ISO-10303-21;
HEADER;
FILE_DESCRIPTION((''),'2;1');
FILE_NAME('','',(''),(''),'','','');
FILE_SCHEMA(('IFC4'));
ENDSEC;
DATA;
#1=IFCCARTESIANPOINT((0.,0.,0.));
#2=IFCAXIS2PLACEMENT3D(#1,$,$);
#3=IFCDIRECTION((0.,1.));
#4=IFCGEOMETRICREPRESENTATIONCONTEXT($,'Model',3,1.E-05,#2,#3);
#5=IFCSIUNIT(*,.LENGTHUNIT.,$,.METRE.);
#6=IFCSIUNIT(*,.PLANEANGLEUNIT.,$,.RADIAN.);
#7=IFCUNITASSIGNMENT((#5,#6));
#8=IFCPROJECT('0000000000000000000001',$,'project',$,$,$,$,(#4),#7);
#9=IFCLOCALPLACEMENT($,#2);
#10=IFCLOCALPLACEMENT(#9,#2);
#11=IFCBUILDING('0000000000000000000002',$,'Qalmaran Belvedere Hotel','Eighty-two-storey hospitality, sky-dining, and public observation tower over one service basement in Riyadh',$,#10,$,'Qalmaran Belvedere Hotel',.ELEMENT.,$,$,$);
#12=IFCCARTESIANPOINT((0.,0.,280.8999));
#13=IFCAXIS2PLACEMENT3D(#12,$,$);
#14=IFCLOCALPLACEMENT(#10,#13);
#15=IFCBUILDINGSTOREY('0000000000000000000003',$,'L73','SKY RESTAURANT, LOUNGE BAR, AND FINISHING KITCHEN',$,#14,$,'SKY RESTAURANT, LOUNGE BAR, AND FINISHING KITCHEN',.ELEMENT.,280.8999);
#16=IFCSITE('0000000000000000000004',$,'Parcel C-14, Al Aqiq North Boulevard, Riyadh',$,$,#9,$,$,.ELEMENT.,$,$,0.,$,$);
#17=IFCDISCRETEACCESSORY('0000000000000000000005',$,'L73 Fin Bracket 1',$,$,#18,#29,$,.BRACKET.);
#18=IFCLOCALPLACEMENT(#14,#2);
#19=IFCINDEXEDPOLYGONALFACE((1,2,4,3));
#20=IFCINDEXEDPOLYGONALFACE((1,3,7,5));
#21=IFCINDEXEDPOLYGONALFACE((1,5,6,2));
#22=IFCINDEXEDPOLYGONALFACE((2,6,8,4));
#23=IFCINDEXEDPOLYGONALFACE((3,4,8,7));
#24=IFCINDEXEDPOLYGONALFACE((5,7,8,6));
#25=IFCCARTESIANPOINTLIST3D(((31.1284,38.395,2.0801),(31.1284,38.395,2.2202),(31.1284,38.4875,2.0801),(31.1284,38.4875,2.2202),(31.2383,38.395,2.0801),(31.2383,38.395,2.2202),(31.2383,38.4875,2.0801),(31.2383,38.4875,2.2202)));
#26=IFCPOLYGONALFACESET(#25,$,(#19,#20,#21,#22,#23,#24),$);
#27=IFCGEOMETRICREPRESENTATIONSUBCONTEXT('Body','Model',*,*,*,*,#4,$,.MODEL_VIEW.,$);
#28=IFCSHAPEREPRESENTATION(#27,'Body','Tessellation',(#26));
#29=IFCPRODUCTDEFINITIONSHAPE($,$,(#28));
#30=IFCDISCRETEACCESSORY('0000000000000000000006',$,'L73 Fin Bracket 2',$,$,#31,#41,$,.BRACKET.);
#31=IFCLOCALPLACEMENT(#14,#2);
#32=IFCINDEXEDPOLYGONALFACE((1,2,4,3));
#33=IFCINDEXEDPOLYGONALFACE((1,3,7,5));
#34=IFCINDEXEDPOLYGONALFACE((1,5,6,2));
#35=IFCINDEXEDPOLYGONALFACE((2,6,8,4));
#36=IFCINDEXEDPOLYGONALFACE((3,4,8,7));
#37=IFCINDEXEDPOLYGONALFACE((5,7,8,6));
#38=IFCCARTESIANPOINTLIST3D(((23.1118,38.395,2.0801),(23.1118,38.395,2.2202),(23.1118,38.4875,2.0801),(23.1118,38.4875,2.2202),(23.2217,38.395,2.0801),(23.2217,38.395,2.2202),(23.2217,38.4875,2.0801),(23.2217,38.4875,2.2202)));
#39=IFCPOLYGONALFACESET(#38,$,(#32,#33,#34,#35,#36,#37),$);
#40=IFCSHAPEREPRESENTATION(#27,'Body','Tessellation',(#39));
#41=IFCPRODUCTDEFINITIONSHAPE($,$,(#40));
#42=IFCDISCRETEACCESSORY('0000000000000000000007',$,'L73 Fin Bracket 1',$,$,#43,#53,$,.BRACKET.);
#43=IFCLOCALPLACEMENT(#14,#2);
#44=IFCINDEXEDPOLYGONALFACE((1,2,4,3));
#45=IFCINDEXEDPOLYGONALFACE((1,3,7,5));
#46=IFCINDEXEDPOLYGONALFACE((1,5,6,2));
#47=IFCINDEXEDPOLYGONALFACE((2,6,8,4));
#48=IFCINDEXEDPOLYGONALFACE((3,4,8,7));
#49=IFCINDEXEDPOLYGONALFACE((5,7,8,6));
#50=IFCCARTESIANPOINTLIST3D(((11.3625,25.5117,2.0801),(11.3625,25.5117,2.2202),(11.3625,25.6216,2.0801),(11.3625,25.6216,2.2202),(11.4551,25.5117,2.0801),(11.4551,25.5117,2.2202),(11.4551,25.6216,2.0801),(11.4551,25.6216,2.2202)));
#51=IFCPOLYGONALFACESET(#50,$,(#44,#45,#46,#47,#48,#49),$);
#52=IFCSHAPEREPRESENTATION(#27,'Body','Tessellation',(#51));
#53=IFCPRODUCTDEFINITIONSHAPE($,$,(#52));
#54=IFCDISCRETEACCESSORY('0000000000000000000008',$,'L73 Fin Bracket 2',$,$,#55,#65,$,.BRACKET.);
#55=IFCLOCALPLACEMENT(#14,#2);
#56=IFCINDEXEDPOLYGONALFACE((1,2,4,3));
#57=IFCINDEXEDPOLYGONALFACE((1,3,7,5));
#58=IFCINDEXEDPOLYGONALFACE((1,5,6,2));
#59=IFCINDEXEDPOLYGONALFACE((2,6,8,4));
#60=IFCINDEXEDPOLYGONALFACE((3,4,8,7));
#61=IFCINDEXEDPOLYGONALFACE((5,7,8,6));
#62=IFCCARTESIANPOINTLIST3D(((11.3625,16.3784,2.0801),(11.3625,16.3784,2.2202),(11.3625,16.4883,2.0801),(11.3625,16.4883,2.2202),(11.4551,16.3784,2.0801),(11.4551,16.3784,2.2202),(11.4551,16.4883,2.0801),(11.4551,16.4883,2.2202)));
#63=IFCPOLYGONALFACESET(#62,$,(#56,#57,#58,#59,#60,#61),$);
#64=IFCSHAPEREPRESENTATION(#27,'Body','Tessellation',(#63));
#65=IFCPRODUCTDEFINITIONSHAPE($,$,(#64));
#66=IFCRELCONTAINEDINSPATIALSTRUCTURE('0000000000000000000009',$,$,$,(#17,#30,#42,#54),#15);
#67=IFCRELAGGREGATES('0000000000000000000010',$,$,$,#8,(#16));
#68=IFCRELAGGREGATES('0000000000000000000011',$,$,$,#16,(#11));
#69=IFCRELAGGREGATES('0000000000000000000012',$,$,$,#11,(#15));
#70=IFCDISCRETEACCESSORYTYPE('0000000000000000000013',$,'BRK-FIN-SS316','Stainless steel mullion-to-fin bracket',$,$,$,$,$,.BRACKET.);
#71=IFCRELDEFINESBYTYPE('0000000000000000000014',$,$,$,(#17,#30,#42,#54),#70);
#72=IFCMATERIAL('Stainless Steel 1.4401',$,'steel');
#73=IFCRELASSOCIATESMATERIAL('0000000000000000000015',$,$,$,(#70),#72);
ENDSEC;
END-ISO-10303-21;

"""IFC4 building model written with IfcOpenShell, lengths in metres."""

from ifc_helpers import new_model, si_unit, direction, frame, origin, place, context, subcontext, project, spatial, polyline, outline, extrude, material, type_object, element, save


model = new_model("IFC4")

# Units and contexts
model_context = context("Model", 3, precision=1e-05, world=origin(), true_north=direction((0.0, 1.0)))
body_context = subcontext(model_context, "Body", "Model", "MODEL_VIEW")
ifc_project = project(units=[si_unit("LENGTHUNIT", "METRE"), si_unit("PLANEANGLEUNIT", "RADIAN")], contexts=[model_context])

# Site, building, storey
site_placement = place(None, origin())
site = spatial("IfcSite", under=ifc_project, at=site_placement, Name="Parcel C-14, Al Aqiq North Boulevard, Riyadh", CompositionType="ELEMENT", RefElevation=0.0)
building_placement = place(site_placement, origin())
building = spatial("IfcBuilding", under=site, at=building_placement, Name="Qalmaran Belvedere Hotel", Description="Eighty-two-storey hospitality, sky-dining, and public observation tower over one service basement in Riyadh", LongName="Qalmaran Belvedere Hotel", CompositionType="ELEMENT")
storey_placement = place(building_placement, frame((0.0, 0.0, 280.8999)))
storey = spatial("IfcBuildingStorey", under=building, at=storey_placement, Name="L73", Description="SKY RESTAURANT, LOUNGE BAR, AND FINISHING KITCHEN", LongName="SKY RESTAURANT, LOUNGE BAR, AND FINISHING KITCHEN", CompositionType="ELEMENT", Elevation=280.8999)

# Discrete accessories
ifc_material_1 = material(Name="Stainless Steel 1.4401", Category="steel")
discrete_accessory_type = type_object("IfcDiscreteAccessoryType", Name="BRK-FIN-SS316", Description="Stainless steel mullion-to-fin bracket", PredefinedType="BRACKET", material=ifc_material_1)
discrete_accessory_1_placement = place(storey_placement, frame((0.0, 0.0, 2.0801)))
element("IfcDiscreteAccessory", 1, at=discrete_accessory_1_placement, inside=storey, type_object=discrete_accessory_type, Name="L73 Fin Bracket 1", PredefinedType="BRACKET", context=body_context, shape_type="SweptSolid", body=[
    extrude(outline(polyline([(31.2383, 38.395), (31.2383, 38.4875), (31.1284, 38.4875), (31.1284, 38.395), (31.2383, 38.395)])), origin(), (0.0, 0.0, 1.0), 0.1401),
])
discrete_accessory_2_placement = place(storey_placement, frame((0.0, 0.0, 2.0801)))
element("IfcDiscreteAccessory", 2, at=discrete_accessory_2_placement, inside=storey, type_object=discrete_accessory_type, Name="L73 Fin Bracket 2", PredefinedType="BRACKET", context=body_context, shape_type="SweptSolid", body=[
    extrude(outline(polyline([(23.2217, 38.395), (23.2217, 38.4875), (23.1118, 38.4875), (23.1118, 38.395), (23.2217, 38.395)])), origin(), (0.0, 0.0, 1.0), 0.1401),
])
discrete_accessory_3_placement = place(storey_placement, frame((0.0, 0.0, 2.0801)))
element("IfcDiscreteAccessory", 3, at=discrete_accessory_3_placement, inside=storey, type_object=discrete_accessory_type, Name="L73 Fin Bracket 1", PredefinedType="BRACKET", context=body_context, shape_type="SweptSolid", body=[
    extrude(outline(polyline([(11.4551, 25.6216), (11.3625, 25.6216), (11.3625, 25.5117), (11.4551, 25.5117), (11.4551, 25.6216)])), origin(), (0.0, 0.0, 1.0), 0.1401),
])
discrete_accessory_4_placement = place(storey_placement, frame((0.0, 0.0, 2.0801)))
element("IfcDiscreteAccessory", 4, at=discrete_accessory_4_placement, inside=storey, type_object=discrete_accessory_type, Name="L73 Fin Bracket 2", PredefinedType="BRACKET", context=body_context, shape_type="SweptSolid", body=[
    extrude(outline(polyline([(11.4551, 16.4883), (11.3625, 16.4883), (11.3625, 16.3784), (11.4551, 16.3784), (11.4551, 16.4883)])), origin(), (0.0, 0.0, 1.0), 0.1401),
])

save(model, "model.ifc")
